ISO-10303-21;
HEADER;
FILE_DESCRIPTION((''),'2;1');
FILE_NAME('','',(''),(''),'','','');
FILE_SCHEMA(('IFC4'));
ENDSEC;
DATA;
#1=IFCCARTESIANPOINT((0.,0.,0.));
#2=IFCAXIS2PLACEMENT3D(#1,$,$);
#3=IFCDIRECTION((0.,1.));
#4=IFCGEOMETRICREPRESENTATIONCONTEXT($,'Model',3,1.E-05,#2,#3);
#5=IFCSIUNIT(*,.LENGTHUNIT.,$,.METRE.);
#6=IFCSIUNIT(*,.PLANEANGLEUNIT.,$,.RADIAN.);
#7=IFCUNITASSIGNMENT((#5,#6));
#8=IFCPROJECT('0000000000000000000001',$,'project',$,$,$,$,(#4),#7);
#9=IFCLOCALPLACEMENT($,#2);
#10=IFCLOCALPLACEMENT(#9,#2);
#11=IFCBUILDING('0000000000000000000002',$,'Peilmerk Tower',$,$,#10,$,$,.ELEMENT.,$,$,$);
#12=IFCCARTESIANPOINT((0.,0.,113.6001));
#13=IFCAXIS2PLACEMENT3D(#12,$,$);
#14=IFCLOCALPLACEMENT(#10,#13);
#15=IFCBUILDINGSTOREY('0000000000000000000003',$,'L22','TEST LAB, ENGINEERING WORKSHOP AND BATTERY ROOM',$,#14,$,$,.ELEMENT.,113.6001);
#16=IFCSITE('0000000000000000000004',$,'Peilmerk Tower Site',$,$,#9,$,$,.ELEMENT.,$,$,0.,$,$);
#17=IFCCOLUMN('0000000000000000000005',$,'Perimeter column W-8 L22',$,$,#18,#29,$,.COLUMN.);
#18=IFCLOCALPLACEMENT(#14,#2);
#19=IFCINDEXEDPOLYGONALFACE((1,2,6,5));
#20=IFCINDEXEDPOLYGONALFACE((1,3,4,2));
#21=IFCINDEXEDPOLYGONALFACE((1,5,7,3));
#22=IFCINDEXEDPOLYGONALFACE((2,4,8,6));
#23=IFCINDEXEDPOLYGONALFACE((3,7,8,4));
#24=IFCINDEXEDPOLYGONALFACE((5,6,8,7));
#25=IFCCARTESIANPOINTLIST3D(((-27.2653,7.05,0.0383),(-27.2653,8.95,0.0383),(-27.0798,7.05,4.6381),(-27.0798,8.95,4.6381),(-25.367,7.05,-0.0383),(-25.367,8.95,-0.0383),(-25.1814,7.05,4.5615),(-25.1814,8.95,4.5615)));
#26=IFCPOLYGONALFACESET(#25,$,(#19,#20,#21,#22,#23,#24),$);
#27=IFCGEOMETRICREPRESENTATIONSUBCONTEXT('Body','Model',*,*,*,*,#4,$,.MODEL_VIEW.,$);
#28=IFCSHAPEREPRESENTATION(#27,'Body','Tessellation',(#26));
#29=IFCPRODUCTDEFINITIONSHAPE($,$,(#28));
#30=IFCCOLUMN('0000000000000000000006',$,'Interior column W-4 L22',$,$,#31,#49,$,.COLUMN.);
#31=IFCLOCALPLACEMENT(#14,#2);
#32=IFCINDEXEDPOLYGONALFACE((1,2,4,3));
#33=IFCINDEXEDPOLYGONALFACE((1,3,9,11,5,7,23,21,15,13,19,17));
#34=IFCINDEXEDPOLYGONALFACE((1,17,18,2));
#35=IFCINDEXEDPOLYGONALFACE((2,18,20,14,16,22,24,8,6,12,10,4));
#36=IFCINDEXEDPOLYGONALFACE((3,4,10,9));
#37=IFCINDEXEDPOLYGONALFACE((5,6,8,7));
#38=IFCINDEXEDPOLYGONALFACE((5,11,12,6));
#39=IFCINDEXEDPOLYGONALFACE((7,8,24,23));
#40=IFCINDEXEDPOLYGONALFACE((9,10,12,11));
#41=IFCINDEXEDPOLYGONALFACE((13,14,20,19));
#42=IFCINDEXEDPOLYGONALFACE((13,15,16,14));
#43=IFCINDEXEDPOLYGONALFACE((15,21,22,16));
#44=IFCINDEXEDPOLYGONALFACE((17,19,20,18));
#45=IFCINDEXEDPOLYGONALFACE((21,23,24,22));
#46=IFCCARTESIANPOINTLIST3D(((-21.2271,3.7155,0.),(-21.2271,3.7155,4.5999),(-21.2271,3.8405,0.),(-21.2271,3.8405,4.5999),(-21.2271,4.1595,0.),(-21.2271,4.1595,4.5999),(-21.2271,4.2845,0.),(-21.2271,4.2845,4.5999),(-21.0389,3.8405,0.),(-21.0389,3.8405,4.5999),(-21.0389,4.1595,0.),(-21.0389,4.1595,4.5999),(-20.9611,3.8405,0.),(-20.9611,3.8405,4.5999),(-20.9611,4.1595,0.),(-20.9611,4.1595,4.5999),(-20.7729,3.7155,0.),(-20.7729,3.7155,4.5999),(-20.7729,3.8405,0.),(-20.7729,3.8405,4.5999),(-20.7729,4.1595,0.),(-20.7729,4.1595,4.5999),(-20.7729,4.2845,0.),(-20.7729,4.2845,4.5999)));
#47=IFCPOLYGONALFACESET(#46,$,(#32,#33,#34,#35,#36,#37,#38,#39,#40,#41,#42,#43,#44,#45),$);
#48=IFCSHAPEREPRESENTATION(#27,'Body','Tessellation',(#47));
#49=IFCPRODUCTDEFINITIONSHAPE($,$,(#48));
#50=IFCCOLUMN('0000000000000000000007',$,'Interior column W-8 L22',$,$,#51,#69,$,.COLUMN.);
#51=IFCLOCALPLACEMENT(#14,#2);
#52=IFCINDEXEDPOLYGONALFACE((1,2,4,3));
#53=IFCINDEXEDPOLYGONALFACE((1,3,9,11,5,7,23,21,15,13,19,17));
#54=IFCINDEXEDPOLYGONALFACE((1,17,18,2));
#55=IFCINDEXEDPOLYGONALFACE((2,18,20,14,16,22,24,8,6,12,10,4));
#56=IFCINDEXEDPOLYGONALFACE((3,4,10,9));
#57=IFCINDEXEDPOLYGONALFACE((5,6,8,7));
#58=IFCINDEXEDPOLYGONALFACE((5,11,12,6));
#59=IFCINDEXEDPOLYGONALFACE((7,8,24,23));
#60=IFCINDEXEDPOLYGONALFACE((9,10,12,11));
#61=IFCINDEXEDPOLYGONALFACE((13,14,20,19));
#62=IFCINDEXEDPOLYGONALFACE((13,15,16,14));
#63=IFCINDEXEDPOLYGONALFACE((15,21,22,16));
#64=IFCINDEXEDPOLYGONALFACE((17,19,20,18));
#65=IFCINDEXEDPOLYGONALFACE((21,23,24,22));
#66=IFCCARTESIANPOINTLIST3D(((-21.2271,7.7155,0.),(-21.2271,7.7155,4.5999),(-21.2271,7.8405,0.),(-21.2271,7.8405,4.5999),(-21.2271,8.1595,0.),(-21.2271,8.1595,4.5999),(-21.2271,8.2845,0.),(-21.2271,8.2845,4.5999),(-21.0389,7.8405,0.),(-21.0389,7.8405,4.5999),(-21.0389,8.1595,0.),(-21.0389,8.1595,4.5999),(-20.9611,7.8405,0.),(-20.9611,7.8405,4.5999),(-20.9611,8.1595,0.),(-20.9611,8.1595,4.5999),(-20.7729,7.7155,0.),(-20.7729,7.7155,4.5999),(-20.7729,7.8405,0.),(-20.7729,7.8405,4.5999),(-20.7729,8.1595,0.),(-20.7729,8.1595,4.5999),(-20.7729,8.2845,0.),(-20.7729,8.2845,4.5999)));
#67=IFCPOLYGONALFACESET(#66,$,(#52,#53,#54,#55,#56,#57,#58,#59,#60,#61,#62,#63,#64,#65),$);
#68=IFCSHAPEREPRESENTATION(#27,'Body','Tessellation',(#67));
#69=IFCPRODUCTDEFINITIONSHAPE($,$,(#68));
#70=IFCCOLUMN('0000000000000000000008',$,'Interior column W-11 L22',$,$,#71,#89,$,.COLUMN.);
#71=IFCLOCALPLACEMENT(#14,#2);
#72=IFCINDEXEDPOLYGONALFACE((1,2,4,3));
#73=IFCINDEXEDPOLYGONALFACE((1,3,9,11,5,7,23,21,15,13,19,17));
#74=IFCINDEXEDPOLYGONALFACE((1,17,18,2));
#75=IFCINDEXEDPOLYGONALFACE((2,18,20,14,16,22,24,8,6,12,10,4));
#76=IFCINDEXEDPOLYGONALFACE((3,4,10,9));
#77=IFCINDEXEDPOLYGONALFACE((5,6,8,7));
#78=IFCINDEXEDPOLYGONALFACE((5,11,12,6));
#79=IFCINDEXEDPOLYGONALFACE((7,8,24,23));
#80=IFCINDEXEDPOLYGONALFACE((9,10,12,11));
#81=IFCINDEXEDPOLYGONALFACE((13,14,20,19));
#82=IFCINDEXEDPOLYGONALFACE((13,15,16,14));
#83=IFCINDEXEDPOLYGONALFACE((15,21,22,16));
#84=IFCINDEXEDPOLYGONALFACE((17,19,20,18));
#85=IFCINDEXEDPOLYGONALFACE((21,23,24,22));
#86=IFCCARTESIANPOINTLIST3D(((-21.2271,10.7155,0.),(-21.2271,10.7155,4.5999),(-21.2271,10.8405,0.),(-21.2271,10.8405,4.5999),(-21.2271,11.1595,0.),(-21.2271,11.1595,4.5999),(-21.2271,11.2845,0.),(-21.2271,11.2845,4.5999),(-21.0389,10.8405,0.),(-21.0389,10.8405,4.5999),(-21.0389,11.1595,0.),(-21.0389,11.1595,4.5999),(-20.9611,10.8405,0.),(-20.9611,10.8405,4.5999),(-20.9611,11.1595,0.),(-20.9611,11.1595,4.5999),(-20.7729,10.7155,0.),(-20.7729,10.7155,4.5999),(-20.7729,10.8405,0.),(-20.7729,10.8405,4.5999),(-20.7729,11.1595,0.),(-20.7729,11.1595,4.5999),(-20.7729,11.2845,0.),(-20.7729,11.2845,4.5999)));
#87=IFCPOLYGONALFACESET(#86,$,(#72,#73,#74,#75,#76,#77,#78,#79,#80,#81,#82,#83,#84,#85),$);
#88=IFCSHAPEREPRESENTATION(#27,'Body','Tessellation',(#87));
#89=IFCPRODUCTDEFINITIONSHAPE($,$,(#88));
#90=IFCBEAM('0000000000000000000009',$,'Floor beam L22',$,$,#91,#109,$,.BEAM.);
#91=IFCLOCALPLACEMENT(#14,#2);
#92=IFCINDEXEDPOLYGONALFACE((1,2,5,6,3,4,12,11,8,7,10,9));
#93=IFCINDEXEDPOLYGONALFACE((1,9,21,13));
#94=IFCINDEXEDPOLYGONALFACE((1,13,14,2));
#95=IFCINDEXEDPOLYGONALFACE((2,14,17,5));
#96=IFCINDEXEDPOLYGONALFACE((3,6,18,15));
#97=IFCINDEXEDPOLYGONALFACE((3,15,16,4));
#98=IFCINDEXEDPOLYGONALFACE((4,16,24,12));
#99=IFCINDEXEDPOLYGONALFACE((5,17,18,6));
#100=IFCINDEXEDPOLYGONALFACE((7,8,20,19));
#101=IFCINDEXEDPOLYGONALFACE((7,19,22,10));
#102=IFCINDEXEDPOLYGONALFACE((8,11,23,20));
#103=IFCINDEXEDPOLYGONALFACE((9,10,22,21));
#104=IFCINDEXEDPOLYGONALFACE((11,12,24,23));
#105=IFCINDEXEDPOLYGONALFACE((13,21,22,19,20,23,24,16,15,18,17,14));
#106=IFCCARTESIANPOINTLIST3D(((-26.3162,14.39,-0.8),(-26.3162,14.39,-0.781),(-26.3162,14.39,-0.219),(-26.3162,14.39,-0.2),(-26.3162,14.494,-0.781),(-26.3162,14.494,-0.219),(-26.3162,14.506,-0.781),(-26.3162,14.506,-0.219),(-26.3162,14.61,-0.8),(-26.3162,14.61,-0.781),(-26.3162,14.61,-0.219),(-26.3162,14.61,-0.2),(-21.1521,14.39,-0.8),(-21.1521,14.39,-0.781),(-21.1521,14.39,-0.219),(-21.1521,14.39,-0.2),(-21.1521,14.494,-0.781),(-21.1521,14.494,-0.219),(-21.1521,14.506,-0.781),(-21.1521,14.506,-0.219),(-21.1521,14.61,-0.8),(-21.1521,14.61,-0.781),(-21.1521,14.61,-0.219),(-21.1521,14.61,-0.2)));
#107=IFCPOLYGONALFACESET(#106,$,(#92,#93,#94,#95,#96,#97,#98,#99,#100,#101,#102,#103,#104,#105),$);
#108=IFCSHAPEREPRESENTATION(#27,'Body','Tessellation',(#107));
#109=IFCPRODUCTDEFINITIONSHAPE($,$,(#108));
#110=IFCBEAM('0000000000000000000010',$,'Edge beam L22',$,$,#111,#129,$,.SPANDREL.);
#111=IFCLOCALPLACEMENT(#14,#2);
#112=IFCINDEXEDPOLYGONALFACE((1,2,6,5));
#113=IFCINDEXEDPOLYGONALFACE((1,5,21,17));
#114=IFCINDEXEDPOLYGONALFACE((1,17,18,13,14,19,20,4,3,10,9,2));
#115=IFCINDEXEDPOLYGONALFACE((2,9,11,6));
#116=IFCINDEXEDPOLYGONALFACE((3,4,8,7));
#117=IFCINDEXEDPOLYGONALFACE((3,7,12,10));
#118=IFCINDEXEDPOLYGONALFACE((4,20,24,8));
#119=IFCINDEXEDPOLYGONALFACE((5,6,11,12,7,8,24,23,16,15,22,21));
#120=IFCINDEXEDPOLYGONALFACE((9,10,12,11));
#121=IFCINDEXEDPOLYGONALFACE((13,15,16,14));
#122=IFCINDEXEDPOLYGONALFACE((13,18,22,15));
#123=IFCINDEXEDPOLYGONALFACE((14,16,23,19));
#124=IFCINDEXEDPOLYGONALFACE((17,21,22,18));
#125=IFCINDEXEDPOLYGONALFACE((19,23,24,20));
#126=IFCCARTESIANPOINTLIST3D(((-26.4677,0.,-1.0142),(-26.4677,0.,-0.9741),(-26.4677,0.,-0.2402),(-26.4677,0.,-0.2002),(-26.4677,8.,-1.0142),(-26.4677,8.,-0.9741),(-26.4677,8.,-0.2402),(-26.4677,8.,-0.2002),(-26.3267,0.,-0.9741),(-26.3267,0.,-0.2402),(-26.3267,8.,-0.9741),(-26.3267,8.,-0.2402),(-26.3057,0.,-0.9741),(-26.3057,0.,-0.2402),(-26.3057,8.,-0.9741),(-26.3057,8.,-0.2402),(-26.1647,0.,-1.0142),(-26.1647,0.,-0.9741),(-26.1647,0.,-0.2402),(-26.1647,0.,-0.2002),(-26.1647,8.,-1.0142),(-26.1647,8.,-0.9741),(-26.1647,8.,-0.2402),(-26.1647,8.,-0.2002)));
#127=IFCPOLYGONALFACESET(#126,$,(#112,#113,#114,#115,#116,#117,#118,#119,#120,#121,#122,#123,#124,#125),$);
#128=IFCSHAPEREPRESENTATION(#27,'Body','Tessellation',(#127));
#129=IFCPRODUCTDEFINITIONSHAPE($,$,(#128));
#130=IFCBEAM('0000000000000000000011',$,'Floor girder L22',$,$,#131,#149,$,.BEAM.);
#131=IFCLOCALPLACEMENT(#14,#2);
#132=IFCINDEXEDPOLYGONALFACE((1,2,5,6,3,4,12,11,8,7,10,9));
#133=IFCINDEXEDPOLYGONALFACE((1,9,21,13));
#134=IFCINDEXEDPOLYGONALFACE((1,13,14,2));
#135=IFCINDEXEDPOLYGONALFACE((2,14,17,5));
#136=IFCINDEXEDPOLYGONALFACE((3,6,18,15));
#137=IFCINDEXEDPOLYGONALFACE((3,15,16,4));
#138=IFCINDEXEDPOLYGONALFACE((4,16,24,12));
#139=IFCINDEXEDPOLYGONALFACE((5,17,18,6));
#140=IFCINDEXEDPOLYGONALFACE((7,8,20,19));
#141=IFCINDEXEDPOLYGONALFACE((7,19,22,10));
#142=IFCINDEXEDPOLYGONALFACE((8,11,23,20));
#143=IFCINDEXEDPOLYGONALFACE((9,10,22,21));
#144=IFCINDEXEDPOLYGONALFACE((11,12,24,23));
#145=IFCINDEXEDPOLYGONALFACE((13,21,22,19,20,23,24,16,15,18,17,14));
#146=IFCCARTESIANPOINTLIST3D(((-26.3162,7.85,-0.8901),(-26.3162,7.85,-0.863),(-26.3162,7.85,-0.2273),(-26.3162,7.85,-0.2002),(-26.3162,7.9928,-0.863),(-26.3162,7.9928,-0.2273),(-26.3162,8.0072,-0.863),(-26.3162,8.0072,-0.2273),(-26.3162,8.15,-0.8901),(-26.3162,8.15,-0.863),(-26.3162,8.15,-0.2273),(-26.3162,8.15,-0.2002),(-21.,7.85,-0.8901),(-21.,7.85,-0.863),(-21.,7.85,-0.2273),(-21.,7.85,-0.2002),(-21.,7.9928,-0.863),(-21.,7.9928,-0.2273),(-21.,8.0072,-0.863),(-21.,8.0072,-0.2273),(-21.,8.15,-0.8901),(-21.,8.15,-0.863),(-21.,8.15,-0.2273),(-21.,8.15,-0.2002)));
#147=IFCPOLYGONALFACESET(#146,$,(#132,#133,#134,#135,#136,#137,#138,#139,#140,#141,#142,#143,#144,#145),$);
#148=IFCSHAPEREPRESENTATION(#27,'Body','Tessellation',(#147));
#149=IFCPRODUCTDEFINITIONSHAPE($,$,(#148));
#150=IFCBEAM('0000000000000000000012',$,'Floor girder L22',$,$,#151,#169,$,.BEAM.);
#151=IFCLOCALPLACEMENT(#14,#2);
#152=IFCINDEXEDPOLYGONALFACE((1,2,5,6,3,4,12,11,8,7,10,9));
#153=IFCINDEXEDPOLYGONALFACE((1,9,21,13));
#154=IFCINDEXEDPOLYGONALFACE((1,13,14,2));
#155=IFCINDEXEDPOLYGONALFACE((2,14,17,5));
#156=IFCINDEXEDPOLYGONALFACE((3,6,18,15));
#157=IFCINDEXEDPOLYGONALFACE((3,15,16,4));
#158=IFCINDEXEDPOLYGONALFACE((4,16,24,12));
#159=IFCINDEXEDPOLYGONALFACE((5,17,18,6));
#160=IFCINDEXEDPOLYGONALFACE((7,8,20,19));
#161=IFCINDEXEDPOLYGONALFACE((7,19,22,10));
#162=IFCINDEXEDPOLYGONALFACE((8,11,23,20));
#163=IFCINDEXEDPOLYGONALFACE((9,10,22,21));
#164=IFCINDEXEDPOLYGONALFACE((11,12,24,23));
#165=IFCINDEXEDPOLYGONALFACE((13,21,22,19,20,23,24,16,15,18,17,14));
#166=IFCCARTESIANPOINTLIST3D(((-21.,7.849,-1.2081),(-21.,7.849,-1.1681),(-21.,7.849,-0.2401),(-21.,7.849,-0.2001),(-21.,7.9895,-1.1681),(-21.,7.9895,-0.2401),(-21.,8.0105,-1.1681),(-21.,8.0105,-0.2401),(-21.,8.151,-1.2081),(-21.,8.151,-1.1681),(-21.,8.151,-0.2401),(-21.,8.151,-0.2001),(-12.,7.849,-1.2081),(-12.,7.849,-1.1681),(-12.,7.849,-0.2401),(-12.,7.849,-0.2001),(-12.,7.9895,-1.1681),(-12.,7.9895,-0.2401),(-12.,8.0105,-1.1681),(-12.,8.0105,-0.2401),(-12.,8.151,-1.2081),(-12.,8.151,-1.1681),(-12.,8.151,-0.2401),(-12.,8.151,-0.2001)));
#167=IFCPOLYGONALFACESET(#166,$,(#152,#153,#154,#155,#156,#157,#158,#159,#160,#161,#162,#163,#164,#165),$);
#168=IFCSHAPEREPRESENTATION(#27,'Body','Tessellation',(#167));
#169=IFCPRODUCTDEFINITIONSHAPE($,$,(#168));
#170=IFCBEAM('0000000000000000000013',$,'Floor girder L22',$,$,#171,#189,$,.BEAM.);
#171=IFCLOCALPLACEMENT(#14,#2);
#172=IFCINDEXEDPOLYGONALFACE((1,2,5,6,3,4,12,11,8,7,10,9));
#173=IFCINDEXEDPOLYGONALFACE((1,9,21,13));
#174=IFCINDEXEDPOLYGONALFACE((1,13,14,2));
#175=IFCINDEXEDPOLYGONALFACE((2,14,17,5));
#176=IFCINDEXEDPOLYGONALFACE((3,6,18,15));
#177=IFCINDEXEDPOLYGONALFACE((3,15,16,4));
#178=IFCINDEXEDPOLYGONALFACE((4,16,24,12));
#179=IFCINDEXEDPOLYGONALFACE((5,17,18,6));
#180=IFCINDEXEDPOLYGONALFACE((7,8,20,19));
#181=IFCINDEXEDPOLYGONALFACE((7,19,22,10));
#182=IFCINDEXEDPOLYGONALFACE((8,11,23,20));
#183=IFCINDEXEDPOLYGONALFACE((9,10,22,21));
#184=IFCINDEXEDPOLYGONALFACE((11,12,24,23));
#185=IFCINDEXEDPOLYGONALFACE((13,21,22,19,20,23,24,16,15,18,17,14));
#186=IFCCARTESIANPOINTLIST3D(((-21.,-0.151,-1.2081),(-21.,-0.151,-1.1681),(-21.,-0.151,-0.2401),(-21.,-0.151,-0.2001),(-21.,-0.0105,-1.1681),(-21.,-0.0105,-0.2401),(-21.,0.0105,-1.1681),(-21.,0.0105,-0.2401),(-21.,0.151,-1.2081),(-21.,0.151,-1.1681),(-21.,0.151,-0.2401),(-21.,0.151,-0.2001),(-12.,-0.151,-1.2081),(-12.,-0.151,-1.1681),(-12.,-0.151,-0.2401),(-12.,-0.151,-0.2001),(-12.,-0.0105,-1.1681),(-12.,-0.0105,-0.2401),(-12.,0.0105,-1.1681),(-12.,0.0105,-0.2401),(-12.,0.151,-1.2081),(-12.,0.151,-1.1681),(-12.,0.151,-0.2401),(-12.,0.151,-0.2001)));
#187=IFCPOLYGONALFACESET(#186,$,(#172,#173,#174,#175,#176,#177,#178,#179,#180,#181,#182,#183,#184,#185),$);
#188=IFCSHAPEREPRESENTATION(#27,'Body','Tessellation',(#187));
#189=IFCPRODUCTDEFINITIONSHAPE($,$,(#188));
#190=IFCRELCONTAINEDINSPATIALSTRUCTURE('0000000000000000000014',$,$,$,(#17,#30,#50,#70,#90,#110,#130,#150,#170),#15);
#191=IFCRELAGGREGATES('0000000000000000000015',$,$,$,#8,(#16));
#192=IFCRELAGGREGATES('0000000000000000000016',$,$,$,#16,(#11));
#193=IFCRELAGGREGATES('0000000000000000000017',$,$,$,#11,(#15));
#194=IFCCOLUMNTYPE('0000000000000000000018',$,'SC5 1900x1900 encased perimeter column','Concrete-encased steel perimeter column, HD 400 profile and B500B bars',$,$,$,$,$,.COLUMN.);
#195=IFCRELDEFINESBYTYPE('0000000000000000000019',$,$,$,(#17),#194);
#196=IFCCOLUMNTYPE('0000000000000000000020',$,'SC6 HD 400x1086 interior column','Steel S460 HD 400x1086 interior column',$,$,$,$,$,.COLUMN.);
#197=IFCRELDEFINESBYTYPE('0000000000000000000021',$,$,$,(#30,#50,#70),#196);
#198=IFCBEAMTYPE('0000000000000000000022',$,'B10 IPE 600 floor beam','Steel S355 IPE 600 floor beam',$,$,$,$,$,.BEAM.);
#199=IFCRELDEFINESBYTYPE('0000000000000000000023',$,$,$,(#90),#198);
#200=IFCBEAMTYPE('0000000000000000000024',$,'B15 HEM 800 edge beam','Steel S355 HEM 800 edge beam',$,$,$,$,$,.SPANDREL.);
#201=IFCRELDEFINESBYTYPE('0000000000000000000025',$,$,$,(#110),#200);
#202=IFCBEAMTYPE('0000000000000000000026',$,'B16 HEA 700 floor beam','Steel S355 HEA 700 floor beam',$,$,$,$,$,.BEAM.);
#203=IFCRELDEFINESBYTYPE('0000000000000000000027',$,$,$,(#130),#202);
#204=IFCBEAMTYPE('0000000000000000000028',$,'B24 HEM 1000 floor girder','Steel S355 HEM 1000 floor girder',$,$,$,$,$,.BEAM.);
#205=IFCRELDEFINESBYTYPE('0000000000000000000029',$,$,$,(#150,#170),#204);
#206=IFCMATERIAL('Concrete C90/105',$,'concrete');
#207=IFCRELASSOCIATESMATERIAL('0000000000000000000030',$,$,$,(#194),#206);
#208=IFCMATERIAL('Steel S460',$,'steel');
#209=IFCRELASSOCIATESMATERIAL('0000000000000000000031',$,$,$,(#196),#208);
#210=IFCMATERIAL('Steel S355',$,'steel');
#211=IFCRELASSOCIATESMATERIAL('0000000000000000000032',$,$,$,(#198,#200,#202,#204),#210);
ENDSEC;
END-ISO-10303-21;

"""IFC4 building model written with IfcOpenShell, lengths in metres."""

from ifc_helpers import new_model, si_unit, direction, frame, origin, origin_2d, place, context, subcontext, project, spatial, rectangle, i_section, extrude, material, material_profile, profile_set, type_object, element, save


model = new_model("IFC4")

# Units and contexts
model_context = context("Model", 3, precision=1e-05, world=origin(), true_north=direction((0.0, 1.0)))
body_context = subcontext(model_context, "Body", "Model", "MODEL_VIEW")
ifc_project = project(units=[si_unit("LENGTHUNIT", "METRE"), si_unit("PLANEANGLEUNIT", "RADIAN")], contexts=[model_context])

# Site, building, storey
site_placement = place(None, origin())
site = spatial("IfcSite", under=ifc_project, at=site_placement, Name="Peilmerk Tower Site", CompositionType="ELEMENT", RefElevation=0.0)
building_placement = place(site_placement, origin())
building = spatial("IfcBuilding", under=site, at=building_placement, Name="Peilmerk Tower", CompositionType="ELEMENT")
storey_placement = place(building_placement, frame((0.0, 0.0, 113.6001)))
storey = spatial("IfcBuildingStorey", under=building, at=storey_placement, Name="L22", Description="TEST LAB, ENGINEERING WORKSHOP AND BATTERY ROOM", CompositionType="ELEMENT", Elevation=113.6001)

# Columns
ifc_material_1 = material(Name="Concrete C90/105", Category="concrete")
ifc_material_profile_1 = material_profile(ifc_material_1, rectangle(XDim=1.8999, YDim=1.8999, at=origin_2d()), Name="RC 1900x1900")
ifc_profile_set_1 = profile_set([ifc_material_profile_1], Name="Concrete C90/105")
column_type_1 = type_object("IfcColumnType", Name="SC5 1900x1900 encased perimeter column", Description="Concrete-encased steel perimeter column, HD 400 profile and B500B bars", PredefinedType="COLUMN", material=ifc_profile_set_1)
column_placement = place(storey_placement, frame((-26.3162, 8.0, 0.0), z_axis=(0.040305, 0.0, 0.999187), x_axis=(0.0, 1.0, 0.0)))
element("IfcColumn", 1, at=column_placement, inside=storey, type_object=column_type_1, Name="Perimeter column W-8 L22", PredefinedType="COLUMN", context=body_context, shape_type="SweptSolid", body=[
    extrude(rectangle(XDim=1.8999, YDim=1.8999, at=origin_2d()), origin(), (0.0, 0.0, 1.0), 4.6035),
])
ifc_material_2 = material(Name="Steel S460", Category="steel")
ifc_material_profile_2 = material_profile(ifc_material_2, i_section(OverallWidth=0.4541, OverallDepth=0.5691, WebThickness=0.0779, FlangeThickness=0.125, at=origin_2d()), Name="HD 400x1086")
ifc_profile_set_2 = profile_set([ifc_material_profile_2], Name="Steel S460")
column_type_2 = type_object("IfcColumnType", Name="SC6 HD 400x1086 interior column", Description="Steel S460 HD 400x1086 interior column", PredefinedType="COLUMN", material=ifc_profile_set_2)
for number, where, z_axis, x_axis, name in (
    (2, (-21.0, 4.0, 0.0), (0.0, 0.0, 1.0), (1.0, 0.0, 0.0), "Interior column W-4 L22"),
    (3, (-21.0, 8.0, 0.0), (0.0, 0.0, 1.0), (1.0, 0.0, 0.0), "Interior column W-8 L22"),
    (4, (-21.0, 11.0, 0.0), (0.0, 0.0, 1.0), (1.0, 0.0, 0.0), "Interior column W-11 L22"),
):
    element("IfcColumn", number, at=place(storey_placement, frame(where, z_axis=z_axis, x_axis=x_axis)), inside=storey, type_object=column_type_2, Name=name, PredefinedType="COLUMN", context=body_context, shape_type="SweptSolid", body=[
        extrude(i_section(OverallWidth=0.4541, OverallDepth=0.5691, WebThickness=0.0779, FlangeThickness=0.125, at=origin_2d()), origin(), (0.0, 0.0, 1.0), 4.5999),
    ])

# Beams
ifc_material_3 = material(Name="Steel S355", Category="steel")
ifc_material_profile_3 = material_profile(ifc_material_3, i_section(OverallWidth=0.22, OverallDepth=0.6001, WebThickness=0.012, FlangeThickness=0.019, at=origin_2d()), Name="IPE 600")
ifc_profile_set_3 = profile_set([ifc_material_profile_3], Name="Steel S355")
beam_type_1 = type_object("IfcBeamType", Name="B10 IPE 600 floor beam", Description="Steel S355 IPE 600 floor beam", PredefinedType="BEAM", material=ifc_profile_set_3)
beam_1_placement = place(storey_placement, frame((-21.1521, 14.5, -0.5), z_axis=(-1.0, 0.0, 0.0), x_axis=(0.0, -1.0, 0.0)))
element("IfcBeam", 5, at=beam_1_placement, inside=storey, type_object=beam_type_1, Name="Floor beam L22", PredefinedType="BEAM", context=body_context, shape_type="SweptSolid", body=[
    extrude(i_section(OverallWidth=0.22, OverallDepth=0.6001, WebThickness=0.012, FlangeThickness=0.019, at=origin_2d()), origin(), (0.0, 0.0, 1.0), 5.1641),
])
ifc_material_profile_4 = material_profile(ifc_material_3, i_section(OverallWidth=0.303, OverallDepth=0.814, WebThickness=0.021, FlangeThickness=0.04, at=origin_2d()), Name="HEM 800")
ifc_profile_set_4 = profile_set([ifc_material_profile_4], Name="Steel S355")
beam_type_2 = type_object("IfcBeamType", Name="B15 HEM 800 edge beam", Description="Steel S355 HEM 800 edge beam", PredefinedType="SPANDREL", material=ifc_profile_set_4)
beam_2_placement = place(storey_placement, frame((-26.3162, 8.0, -0.6072), z_axis=(0.0, -1.0, 0.0), x_axis=(1.0, 0.0, 0.0)))
element("IfcBeam", 6, at=beam_2_placement, inside=storey, type_object=beam_type_2, Name="Edge beam L22", PredefinedType="SPANDREL", context=body_context, shape_type="SweptSolid", body=[
    extrude(i_section(OverallWidth=0.303, OverallDepth=0.814, WebThickness=0.021, FlangeThickness=0.04, at=origin_2d()), origin(), (0.0, 0.0, 1.0), 8.0),
])
ifc_material_profile_5 = material_profile(ifc_material_3, i_section(OverallWidth=0.3, OverallDepth=0.6899, WebThickness=0.0144, FlangeThickness=0.0271, at=origin_2d()), Name="HEA 700")
ifc_profile_set_5 = profile_set([ifc_material_profile_5], Name="Steel S355")
beam_type_3 = type_object("IfcBeamType", Name="B16 HEA 700 floor beam", Description="Steel S355 HEA 700 floor beam", PredefinedType="BEAM", material=ifc_profile_set_5)
beam_3_placement = place(storey_placement, frame((-21.0, 8.0, -0.5452), z_axis=(-1.0, 0.0, 0.0), x_axis=(0.0, -1.0, 0.0)))
element("IfcBeam", 7, at=beam_3_placement, inside=storey, type_object=beam_type_3, Name="Floor girder L22", PredefinedType="BEAM", context=body_context, shape_type="SweptSolid", body=[
    extrude(i_section(OverallWidth=0.3, OverallDepth=0.6899, WebThickness=0.0144, FlangeThickness=0.0271, at=origin_2d()), origin(), (0.0, 0.0, 1.0), 5.3162),
])
ifc_material_profile_6 = material_profile(ifc_material_3, i_section(OverallWidth=0.302, OverallDepth=1.0081, WebThickness=0.021, FlangeThickness=0.04, at=origin_2d()), Name="HEM 1000")
ifc_profile_set_6 = profile_set([ifc_material_profile_6], Name="Steel S355")
beam_type_4 = type_object("IfcBeamType", Name="B24 HEM 1000 floor girder", Description="Steel S355 HEM 1000 floor girder", PredefinedType="BEAM", material=ifc_profile_set_6)
for number, where, z_axis, x_axis, name in (
    (8, (-12.0, 8.0, -0.7041), (-1.0, 0.0, 0.0), (0.0, -1.0, 0.0), "Floor girder L22"),
    (9, (-12.0, 0.0, -0.7041), (-1.0, 0.0, 0.0), (0.0, -1.0, 0.0), "Floor girder L22"),
):
    element("IfcBeam", number, at=place(storey_placement, frame(where, z_axis=z_axis, x_axis=x_axis)), inside=storey, type_object=beam_type_4, Name=name, PredefinedType="BEAM", context=body_context, shape_type="SweptSolid", body=[
        extrude(i_section(OverallWidth=0.302, OverallDepth=1.0081, WebThickness=0.021, FlangeThickness=0.04, at=origin_2d()), origin(), (0.0, 0.0, 1.0), 9.0),
    ])

save(model, "model.ifc")
